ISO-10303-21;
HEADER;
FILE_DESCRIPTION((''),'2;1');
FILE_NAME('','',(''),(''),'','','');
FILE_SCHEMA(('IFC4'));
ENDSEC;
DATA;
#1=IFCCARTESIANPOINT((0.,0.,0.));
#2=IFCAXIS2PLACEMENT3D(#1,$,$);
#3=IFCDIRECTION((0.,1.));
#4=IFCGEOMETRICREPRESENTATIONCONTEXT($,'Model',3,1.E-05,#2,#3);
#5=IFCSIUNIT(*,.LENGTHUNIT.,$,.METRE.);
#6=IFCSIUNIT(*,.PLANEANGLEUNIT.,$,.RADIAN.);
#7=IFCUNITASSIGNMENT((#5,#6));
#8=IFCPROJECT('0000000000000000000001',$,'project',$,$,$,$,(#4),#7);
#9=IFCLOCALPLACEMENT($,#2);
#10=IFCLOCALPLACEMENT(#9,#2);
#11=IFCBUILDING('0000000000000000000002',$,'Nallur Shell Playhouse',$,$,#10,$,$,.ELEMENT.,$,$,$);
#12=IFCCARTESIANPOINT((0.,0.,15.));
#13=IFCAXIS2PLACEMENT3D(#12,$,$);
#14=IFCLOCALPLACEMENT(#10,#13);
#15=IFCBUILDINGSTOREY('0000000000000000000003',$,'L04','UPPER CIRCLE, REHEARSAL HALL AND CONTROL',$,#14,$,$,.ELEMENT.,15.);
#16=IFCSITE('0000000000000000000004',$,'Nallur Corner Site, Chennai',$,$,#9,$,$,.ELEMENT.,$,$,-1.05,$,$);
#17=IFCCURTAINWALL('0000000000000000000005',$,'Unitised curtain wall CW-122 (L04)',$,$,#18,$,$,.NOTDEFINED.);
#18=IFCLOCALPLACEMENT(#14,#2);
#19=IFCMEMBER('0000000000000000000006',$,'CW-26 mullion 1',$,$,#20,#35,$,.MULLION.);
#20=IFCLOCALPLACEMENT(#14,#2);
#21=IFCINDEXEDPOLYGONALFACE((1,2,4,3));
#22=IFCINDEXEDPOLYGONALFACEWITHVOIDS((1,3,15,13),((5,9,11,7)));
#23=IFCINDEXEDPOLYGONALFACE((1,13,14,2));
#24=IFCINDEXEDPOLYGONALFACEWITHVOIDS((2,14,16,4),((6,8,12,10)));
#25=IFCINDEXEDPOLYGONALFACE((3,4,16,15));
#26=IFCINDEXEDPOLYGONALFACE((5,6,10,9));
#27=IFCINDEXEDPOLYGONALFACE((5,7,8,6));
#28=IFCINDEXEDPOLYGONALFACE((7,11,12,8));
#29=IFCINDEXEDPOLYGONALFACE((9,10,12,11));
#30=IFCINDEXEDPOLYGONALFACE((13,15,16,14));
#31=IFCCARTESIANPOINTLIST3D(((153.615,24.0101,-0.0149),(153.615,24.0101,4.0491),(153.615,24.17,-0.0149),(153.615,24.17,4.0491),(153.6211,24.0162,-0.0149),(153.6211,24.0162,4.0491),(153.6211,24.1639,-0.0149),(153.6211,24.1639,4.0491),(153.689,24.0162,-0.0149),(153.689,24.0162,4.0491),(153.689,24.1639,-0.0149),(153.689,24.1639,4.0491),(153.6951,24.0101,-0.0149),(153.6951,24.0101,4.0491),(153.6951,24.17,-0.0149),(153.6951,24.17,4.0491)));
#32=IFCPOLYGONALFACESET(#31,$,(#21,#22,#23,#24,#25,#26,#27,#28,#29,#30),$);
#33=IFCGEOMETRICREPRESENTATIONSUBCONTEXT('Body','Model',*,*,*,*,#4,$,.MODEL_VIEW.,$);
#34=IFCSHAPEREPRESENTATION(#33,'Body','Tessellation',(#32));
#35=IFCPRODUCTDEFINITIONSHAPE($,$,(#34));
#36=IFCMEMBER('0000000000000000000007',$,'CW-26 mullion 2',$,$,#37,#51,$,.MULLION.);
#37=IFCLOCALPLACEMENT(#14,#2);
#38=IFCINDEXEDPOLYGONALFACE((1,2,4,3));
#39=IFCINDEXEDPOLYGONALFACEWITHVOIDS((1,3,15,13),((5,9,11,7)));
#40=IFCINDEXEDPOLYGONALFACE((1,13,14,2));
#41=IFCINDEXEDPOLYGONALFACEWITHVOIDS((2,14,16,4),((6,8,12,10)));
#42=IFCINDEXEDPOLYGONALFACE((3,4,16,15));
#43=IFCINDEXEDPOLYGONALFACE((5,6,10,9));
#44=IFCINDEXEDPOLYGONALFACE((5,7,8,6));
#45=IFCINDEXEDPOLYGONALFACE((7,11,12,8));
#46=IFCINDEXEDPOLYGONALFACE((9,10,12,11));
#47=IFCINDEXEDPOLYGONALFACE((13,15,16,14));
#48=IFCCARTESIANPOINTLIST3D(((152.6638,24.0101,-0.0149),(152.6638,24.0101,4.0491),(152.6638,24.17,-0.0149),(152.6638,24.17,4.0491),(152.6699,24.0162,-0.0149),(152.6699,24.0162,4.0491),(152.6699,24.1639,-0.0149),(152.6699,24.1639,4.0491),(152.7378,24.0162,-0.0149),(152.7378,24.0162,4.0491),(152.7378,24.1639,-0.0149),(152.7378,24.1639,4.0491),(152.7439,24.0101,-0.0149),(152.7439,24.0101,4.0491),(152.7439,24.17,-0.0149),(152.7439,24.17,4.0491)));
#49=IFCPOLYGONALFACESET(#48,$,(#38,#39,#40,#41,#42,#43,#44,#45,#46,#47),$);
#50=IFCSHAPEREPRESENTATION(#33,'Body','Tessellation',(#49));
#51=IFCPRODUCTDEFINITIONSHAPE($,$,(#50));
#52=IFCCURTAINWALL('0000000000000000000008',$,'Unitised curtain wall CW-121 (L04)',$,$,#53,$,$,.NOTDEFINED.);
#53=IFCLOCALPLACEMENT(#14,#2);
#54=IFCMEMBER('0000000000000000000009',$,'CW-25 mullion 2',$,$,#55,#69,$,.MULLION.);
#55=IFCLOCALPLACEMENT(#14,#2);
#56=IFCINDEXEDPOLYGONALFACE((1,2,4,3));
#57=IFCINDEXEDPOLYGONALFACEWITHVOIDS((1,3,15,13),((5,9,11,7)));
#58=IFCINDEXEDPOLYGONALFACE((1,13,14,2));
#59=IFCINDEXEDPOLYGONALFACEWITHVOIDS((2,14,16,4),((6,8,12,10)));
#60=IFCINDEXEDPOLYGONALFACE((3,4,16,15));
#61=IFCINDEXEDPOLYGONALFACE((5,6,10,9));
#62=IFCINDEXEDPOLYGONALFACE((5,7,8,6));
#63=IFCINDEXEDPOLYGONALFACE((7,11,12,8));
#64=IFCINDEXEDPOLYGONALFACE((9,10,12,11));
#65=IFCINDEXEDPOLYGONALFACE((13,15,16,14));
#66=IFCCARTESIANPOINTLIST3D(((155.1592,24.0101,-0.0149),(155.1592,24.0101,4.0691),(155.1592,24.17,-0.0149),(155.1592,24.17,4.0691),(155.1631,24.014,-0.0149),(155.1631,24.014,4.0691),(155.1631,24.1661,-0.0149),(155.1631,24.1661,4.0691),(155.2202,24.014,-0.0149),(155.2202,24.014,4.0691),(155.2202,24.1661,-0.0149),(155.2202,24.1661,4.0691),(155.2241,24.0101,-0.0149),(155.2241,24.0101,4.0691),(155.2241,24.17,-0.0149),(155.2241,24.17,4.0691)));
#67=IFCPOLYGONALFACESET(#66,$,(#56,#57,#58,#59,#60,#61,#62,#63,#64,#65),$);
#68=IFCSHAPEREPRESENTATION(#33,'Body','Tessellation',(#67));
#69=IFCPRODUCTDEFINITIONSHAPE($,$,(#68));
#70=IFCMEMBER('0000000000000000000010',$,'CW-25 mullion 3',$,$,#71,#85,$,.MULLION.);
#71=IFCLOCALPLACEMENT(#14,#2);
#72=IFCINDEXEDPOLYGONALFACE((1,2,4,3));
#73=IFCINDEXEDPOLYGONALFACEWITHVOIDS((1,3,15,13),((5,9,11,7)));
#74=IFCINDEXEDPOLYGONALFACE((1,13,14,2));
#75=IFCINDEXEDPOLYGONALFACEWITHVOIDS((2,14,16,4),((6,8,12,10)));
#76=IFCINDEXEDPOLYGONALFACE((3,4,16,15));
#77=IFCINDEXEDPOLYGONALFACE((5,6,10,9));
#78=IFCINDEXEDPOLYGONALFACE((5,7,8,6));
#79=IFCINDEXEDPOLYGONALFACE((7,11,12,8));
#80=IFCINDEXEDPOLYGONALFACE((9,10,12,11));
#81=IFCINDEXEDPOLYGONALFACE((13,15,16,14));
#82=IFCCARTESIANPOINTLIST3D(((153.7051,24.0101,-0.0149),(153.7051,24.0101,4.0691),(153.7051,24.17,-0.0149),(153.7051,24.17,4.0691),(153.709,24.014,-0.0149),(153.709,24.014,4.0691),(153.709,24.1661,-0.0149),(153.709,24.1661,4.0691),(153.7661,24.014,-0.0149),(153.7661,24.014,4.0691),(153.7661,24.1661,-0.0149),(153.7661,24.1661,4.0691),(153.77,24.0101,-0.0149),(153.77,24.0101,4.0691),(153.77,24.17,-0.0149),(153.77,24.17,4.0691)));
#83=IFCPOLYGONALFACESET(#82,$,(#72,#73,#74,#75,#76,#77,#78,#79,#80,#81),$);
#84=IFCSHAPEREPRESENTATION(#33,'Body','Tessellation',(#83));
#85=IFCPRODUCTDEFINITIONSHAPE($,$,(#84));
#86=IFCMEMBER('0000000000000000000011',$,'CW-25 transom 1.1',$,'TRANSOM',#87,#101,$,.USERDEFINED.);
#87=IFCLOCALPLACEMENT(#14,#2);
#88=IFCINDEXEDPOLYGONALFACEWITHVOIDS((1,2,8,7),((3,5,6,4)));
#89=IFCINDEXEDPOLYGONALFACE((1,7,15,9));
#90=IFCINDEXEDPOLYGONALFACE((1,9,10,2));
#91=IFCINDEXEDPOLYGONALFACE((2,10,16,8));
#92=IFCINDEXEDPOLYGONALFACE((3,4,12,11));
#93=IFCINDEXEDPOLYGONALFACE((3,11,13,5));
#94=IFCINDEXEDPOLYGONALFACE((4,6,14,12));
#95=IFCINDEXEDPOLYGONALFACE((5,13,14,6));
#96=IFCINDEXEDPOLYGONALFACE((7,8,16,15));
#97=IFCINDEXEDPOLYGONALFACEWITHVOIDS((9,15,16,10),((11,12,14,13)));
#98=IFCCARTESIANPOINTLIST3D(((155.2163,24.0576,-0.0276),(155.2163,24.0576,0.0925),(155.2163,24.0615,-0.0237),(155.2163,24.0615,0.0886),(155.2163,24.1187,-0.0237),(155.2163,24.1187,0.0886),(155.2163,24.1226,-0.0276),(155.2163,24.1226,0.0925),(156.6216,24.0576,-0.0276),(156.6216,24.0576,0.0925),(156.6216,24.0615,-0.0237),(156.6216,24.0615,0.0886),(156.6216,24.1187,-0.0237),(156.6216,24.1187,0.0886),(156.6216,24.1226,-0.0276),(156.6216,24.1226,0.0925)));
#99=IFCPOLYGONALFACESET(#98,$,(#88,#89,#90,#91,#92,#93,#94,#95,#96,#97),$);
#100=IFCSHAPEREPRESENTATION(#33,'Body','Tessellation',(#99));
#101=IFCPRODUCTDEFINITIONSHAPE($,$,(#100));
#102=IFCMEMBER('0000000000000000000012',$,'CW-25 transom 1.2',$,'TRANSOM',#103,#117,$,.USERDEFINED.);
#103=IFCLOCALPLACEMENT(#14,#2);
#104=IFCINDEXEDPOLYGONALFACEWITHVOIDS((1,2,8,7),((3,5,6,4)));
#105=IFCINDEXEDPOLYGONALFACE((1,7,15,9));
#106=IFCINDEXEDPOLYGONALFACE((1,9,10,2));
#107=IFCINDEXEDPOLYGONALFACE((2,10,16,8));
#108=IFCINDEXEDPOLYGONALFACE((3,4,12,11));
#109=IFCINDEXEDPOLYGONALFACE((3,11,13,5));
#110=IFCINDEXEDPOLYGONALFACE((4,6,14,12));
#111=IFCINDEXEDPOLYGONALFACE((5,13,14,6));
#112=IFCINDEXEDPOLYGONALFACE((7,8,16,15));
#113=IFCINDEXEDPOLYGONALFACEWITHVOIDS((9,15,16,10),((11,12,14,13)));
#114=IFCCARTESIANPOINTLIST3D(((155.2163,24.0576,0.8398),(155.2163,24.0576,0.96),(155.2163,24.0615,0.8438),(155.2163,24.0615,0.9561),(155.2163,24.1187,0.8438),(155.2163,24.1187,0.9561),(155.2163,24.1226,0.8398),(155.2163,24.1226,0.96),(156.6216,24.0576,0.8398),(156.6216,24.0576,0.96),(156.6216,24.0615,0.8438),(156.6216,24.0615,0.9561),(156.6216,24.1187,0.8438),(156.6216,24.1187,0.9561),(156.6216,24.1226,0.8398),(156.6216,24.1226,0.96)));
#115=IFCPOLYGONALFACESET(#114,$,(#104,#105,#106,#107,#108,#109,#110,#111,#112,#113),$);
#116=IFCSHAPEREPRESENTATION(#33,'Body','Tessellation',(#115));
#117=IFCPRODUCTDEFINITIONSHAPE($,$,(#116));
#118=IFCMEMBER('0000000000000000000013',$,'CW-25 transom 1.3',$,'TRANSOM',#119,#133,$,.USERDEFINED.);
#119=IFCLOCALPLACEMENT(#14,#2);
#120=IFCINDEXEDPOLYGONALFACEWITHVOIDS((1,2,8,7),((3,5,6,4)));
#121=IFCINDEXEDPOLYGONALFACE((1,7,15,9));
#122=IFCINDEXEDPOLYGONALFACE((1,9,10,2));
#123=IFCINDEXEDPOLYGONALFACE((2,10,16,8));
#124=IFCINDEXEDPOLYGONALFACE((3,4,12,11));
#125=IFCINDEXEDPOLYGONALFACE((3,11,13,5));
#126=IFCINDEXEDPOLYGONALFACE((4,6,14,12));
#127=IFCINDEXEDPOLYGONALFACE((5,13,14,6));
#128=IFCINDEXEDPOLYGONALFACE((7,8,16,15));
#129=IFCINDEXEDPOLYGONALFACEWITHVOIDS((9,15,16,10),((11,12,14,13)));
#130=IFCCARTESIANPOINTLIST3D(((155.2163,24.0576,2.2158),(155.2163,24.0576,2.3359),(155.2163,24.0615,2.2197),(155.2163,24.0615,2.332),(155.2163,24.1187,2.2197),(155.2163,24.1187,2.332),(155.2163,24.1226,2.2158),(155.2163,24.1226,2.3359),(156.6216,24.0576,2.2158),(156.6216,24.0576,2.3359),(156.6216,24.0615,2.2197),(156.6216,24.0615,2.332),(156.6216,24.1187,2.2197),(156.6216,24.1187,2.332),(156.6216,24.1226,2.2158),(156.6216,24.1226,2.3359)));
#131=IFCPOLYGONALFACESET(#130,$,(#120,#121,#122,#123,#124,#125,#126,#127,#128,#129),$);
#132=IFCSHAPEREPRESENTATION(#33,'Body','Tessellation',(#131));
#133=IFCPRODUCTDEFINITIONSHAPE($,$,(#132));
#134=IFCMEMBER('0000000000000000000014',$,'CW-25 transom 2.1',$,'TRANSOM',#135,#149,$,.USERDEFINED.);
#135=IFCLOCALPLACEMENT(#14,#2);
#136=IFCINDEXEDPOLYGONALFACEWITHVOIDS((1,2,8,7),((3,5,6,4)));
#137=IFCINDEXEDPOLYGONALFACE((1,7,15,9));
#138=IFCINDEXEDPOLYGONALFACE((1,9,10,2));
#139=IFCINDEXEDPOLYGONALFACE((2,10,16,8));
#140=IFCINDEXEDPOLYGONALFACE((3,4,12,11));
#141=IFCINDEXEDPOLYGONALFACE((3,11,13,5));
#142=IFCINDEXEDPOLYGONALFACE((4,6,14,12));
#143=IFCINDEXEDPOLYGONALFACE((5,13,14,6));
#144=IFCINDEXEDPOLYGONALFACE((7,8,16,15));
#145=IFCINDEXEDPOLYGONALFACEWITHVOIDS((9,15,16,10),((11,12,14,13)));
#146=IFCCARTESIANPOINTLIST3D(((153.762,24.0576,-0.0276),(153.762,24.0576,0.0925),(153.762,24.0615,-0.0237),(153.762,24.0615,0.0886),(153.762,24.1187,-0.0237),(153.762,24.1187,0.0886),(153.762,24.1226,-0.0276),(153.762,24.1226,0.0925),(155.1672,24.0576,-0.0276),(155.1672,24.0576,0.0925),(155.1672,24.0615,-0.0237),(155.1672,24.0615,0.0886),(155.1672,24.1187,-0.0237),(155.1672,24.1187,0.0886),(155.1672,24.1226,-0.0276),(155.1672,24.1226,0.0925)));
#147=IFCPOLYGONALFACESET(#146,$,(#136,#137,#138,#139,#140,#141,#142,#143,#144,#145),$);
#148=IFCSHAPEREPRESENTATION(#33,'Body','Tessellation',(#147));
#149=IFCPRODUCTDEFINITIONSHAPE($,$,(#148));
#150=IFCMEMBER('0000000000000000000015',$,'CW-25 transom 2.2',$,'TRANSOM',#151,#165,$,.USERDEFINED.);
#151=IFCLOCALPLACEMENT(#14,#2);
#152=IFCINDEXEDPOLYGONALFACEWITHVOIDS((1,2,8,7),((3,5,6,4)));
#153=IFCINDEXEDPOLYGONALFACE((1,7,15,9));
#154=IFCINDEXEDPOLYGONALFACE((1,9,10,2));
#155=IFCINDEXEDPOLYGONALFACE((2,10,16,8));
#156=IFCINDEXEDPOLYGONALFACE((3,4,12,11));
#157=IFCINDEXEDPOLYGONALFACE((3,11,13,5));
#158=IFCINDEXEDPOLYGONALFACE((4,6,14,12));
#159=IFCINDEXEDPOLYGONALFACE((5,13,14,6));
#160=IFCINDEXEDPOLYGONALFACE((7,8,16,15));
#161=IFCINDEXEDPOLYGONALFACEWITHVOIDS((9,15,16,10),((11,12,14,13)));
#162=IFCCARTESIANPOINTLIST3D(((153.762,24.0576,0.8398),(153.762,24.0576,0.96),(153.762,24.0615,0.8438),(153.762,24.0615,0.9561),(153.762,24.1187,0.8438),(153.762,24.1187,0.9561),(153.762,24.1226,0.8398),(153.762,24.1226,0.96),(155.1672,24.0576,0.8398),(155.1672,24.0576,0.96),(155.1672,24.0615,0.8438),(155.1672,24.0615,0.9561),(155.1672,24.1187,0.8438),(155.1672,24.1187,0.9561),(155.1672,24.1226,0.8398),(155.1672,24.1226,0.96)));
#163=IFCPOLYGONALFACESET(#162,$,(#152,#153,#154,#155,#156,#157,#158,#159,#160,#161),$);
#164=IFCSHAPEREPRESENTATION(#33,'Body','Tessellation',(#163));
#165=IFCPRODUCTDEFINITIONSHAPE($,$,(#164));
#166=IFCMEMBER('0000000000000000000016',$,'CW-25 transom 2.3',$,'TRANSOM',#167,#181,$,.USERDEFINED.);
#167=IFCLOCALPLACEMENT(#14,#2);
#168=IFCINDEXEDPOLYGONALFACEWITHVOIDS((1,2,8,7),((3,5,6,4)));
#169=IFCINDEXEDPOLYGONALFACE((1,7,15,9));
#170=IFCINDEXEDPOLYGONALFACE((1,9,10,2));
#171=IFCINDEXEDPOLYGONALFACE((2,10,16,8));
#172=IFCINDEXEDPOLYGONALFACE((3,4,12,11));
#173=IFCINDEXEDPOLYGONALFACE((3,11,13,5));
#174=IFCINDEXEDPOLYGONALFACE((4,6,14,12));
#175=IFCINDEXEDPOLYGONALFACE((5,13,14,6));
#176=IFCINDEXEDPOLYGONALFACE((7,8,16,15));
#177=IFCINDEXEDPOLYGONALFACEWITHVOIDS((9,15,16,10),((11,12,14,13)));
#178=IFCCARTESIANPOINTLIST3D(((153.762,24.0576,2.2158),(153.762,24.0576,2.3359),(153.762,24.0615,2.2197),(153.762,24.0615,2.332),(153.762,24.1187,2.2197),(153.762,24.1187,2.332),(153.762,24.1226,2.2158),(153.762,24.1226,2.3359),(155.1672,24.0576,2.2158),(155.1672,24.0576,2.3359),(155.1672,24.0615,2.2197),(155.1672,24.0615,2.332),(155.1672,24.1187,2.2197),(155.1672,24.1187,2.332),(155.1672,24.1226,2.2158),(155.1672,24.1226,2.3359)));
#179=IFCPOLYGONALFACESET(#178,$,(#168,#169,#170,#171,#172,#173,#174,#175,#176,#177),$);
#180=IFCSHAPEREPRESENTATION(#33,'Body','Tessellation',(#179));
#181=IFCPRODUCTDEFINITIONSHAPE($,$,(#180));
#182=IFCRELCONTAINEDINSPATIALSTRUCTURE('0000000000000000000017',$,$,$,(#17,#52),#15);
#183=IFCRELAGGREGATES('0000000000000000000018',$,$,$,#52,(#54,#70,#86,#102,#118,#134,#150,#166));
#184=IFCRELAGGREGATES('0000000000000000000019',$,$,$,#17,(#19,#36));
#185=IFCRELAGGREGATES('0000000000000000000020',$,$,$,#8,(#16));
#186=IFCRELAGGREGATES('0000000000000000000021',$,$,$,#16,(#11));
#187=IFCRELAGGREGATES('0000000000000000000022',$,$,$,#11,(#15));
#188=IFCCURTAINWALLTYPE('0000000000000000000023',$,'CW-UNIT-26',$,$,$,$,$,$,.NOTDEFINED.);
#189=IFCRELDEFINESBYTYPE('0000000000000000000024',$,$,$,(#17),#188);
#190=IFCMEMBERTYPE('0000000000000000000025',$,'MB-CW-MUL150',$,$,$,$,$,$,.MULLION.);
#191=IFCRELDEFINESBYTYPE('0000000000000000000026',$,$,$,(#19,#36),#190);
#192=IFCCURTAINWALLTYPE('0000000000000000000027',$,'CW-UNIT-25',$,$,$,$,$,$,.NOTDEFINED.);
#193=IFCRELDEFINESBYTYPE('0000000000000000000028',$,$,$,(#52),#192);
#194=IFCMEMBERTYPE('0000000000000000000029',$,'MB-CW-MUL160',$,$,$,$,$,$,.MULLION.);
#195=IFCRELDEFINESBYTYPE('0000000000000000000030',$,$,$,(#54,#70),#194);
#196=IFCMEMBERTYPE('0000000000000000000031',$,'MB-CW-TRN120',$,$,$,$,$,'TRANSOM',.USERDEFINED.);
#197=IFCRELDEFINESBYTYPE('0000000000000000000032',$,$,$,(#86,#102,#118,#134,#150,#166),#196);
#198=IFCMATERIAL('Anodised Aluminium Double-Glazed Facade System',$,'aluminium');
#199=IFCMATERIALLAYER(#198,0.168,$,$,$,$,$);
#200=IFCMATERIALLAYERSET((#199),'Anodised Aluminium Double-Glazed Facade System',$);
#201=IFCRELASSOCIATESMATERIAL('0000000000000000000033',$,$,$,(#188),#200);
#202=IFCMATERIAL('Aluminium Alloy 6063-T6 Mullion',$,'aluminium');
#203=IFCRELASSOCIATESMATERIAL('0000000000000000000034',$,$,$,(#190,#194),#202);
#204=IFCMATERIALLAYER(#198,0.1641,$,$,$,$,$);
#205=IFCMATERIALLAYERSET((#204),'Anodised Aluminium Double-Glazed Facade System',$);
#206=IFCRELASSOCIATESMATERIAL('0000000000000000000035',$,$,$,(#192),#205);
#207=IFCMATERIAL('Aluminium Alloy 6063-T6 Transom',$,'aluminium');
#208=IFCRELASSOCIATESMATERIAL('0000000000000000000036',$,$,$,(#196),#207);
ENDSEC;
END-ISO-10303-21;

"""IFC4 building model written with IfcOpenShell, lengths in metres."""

from ifc_helpers import new_model, si_unit, direction, frame, origin, origin_2d, place, context, subcontext, project, spatial, hollow_rectangle, extrude, material, layer, layer_set, material_profile, profile_set, type_object, element, aggregate, save


model = new_model("IFC4")

# Units and contexts
model_context = context("Model", 3, precision=1e-05, world=origin(), true_north=direction((0.0, 1.0)))
body_context = subcontext(model_context, "Body", "Model", "MODEL_VIEW")
ifc_project = project(units=[si_unit("LENGTHUNIT", "METRE"), si_unit("PLANEANGLEUNIT", "RADIAN")], contexts=[model_context])

# Site, building, storey
site_placement = place(None, origin())
site = spatial("IfcSite", under=ifc_project, at=site_placement, Name="Nallur Corner Site, Chennai", CompositionType="ELEMENT", RefElevation=-1.05)
building_placement = place(site_placement, origin())
building = spatial("IfcBuilding", under=site, at=building_placement, Name="Nallur Shell Playhouse", CompositionType="ELEMENT")
storey_placement = place(building_placement, frame((0.0, 0.0, 15.0)))
storey = spatial("IfcBuildingStorey", under=building, at=storey_placement, Name="L04", Description="UPPER CIRCLE, REHEARSAL HALL AND CONTROL", CompositionType="ELEMENT", Elevation=15.0)

# Curtain walls, members
ifc_material_1 = material(Name="Anodised Aluminium Double-Glazed Facade System", Category="aluminium")
ifc_layer_1 = layer(ifc_material_1, 0.168)
ifc_layer_set_1 = layer_set([ifc_layer_1], Name="Anodised Aluminium Double-Glazed Facade System")
curtain_wall_type_1 = type_object("IfcCurtainWallType", Name="CW-UNIT-26", PredefinedType="NOTDEFINED", material=ifc_layer_set_1)
curtain_wall_1_placement = place(storey_placement, origin())
curtain_wall_1 = element("IfcCurtainWall", 1, at=curtain_wall_1_placement, inside=storey, type_object=curtain_wall_type_1, Name="Unitised curtain wall CW-122 (L04)", PredefinedType="NOTDEFINED")
ifc_material_2 = material(Name="Aluminium Alloy 6063-T6 Mullion", Category="aluminium")
ifc_material_profile_1 = material_profile(ifc_material_2, hollow_rectangle(XDim=0.0801, YDim=0.1599, WallThickness=0.0061, at=origin_2d()), Name="RHS 160x80x6")
ifc_profile_set_1 = profile_set([ifc_material_profile_1], Name="Aluminium Alloy 6063-T6 Mullion")
member_type_1 = type_object("IfcMemberType", Name="MB-CW-MUL150", PredefinedType="MULLION", material=ifc_profile_set_1)
member_1_placement = place(storey_placement, frame((153.655, 24.0901, -0.0149), z_axis=(0.0, 0.0, 1.0), x_axis=(-1.0, 0.0, 0.0)))
member_1 = element("IfcMember", 2, at=member_1_placement, type_object=member_type_1, Name="CW-26 mullion 1", PredefinedType="MULLION", context=body_context, shape_type="SweptSolid", body=[
    extrude(hollow_rectangle(XDim=0.0801, YDim=0.1599, WallThickness=0.0061, at=origin_2d()), origin(), (0.0, 0.0, 1.0), 4.064),
])
member_2_placement = place(storey_placement, frame((152.7039, 24.0901, -0.0149), z_axis=(0.0, 0.0, 1.0), x_axis=(-1.0, 0.0, 0.0)))
member_2 = element("IfcMember", 3, at=member_2_placement, type_object=member_type_1, Name="CW-26 mullion 2", PredefinedType="MULLION", context=body_context, shape_type="SweptSolid", body=[
    extrude(hollow_rectangle(XDim=0.0801, YDim=0.1599, WallThickness=0.0061, at=origin_2d()), origin(), (0.0, 0.0, 1.0), 4.064),
])
ifc_layer_2 = layer(ifc_material_1, 0.1641)
ifc_layer_set_2 = layer_set([ifc_layer_2], Name="Anodised Aluminium Double-Glazed Facade System")
curtain_wall_type_2 = type_object("IfcCurtainWallType", Name="CW-UNIT-25", PredefinedType="NOTDEFINED", material=ifc_layer_set_2)
curtain_wall_2_placement = place(storey_placement, origin())
curtain_wall_2 = element("IfcCurtainWall", 4, at=curtain_wall_2_placement, inside=storey, type_object=curtain_wall_type_2, Name="Unitised curtain wall CW-121 (L04)", PredefinedType="NOTDEFINED")
ifc_material_profile_2 = material_profile(ifc_material_2, hollow_rectangle(XDim=0.0649, YDim=0.1599, WallThickness=0.0039, at=origin_2d()), Name="ALU 65x160x4")
ifc_profile_set_2 = profile_set([ifc_material_profile_2], Name="Aluminium Alloy 6063-T6 Mullion")
member_type_2 = type_object("IfcMemberType", Name="MB-CW-MUL160", PredefinedType="MULLION", material=ifc_profile_set_2)
member_3_placement = place(storey_placement, frame((155.1917, 24.0901, -0.0149), z_axis=(0.0, 0.0, 1.0), x_axis=(-1.0, 0.0, 0.0)))
member_3 = element("IfcMember", 5, at=member_3_placement, type_object=member_type_2, Name="CW-25 mullion 2", PredefinedType="MULLION", context=body_context, shape_type="SweptSolid", body=[
    extrude(hollow_rectangle(XDim=0.0649, YDim=0.1599, WallThickness=0.0039, at=origin_2d()), origin(), (0.0, 0.0, 1.0), 4.084),
])
member_4_placement = place(storey_placement, frame((153.7375, 24.0901, -0.0149), z_axis=(0.0, 0.0, 1.0), x_axis=(-1.0, 0.0, 0.0)))
member_4 = element("IfcMember", 6, at=member_4_placement, type_object=member_type_2, Name="CW-25 mullion 3", PredefinedType="MULLION", context=body_context, shape_type="SweptSolid", body=[
    extrude(hollow_rectangle(XDim=0.0649, YDim=0.1599, WallThickness=0.0039, at=origin_2d()), origin(), (0.0, 0.0, 1.0), 4.084),
])
ifc_material_3 = material(Name="Aluminium Alloy 6063-T6 Transom", Category="aluminium")
ifc_material_profile_3 = material_profile(ifc_material_3, hollow_rectangle(XDim=0.0649, YDim=0.1201, WallThickness=0.0039, at=origin_2d()), Name="ALU 65x120x4")
ifc_profile_set_3 = profile_set([ifc_material_profile_3], Name="Aluminium Alloy 6063-T6 Transom")
member_type_3 = type_object("IfcMemberType", Name="MB-CW-TRN120", ElementType="TRANSOM", PredefinedType="USERDEFINED", material=ifc_profile_set_3)
member_5_placement = place(storey_placement, frame((156.6216, 24.0901, 0.0325), z_axis=(-1.0, 0.0, 0.0), x_axis=(0.0, -1.0, 0.0)))
member_5 = element("IfcMember", 7, at=member_5_placement, type_object=member_type_3, Name="CW-25 transom 1.1", ObjectType="TRANSOM", PredefinedType="USERDEFINED", context=body_context, shape_type="SweptSolid", body=[
    extrude(hollow_rectangle(XDim=0.0649, YDim=0.1201, WallThickness=0.0039, at=origin_2d()), origin(), (0.0, 0.0, 1.0), 1.4053),
])
member_6_placement = place(storey_placement, frame((156.6216, 24.0901, 0.8999), z_axis=(-1.0, 0.0, 0.0), x_axis=(0.0, -1.0, 0.0)))
member_6 = element("IfcMember", 8, at=member_6_placement, type_object=member_type_3, Name="CW-25 transom 1.2", ObjectType="TRANSOM", PredefinedType="USERDEFINED", context=body_context, shape_type="SweptSolid", body=[
    extrude(hollow_rectangle(XDim=0.0649, YDim=0.1201, WallThickness=0.0039, at=origin_2d()), origin(), (0.0, 0.0, 1.0), 1.4053),
])
member_7_placement = place(storey_placement, frame((156.6216, 24.0901, 2.2759), z_axis=(-1.0, 0.0, 0.0), x_axis=(0.0, -1.0, 0.0)))
member_7 = element("IfcMember", 9, at=member_7_placement, type_object=member_type_3, Name="CW-25 transom 1.3", ObjectType="TRANSOM", PredefinedType="USERDEFINED", context=body_context, shape_type="SweptSolid", body=[
    extrude(hollow_rectangle(XDim=0.0649, YDim=0.1201, WallThickness=0.0039, at=origin_2d()), origin(), (0.0, 0.0, 1.0), 1.4053),
])
member_8_placement = place(storey_placement, frame((155.1672, 24.0901, 0.0325), z_axis=(-1.0, 0.0, 0.0), x_axis=(0.0, -1.0, 0.0)))
member_8 = element("IfcMember", 10, at=member_8_placement, type_object=member_type_3, Name="CW-25 transom 2.1", ObjectType="TRANSOM", PredefinedType="USERDEFINED", context=body_context, shape_type="SweptSolid", body=[
    extrude(hollow_rectangle(XDim=0.0649, YDim=0.1201, WallThickness=0.0039, at=origin_2d()), origin(), (0.0, 0.0, 1.0), 1.4053),
])
member_9_placement = place(storey_placement, frame((155.1672, 24.0901, 0.8999), z_axis=(-1.0, 0.0, 0.0), x_axis=(0.0, -1.0, 0.0)))
member_9 = element("IfcMember", 11, at=member_9_placement, type_object=member_type_3, Name="CW-25 transom 2.2", ObjectType="TRANSOM", PredefinedType="USERDEFINED", context=body_context, shape_type="SweptSolid", body=[
    extrude(hollow_rectangle(XDim=0.0649, YDim=0.1201, WallThickness=0.0039, at=origin_2d()), origin(), (0.0, 0.0, 1.0), 1.4053),
])
member_10_placement = place(storey_placement, frame((155.1672, 24.0901, 2.2759), z_axis=(-1.0, 0.0, 0.0), x_axis=(0.0, -1.0, 0.0)))
member_10 = element("IfcMember", 12, at=member_10_placement, type_object=member_type_3, Name="CW-25 transom 2.3", ObjectType="TRANSOM", PredefinedType="USERDEFINED", context=body_context, shape_type="SweptSolid", body=[
    extrude(hollow_rectangle(XDim=0.0649, YDim=0.1201, WallThickness=0.0039, at=origin_2d()), origin(), (0.0, 0.0, 1.0), 1.4053),
])

aggregate(curtain_wall_2, [member_3, member_4, member_5, member_6, member_7, member_8, member_9, member_10])
aggregate(curtain_wall_1, [member_1, member_2])

save(model, "model.ifc")
